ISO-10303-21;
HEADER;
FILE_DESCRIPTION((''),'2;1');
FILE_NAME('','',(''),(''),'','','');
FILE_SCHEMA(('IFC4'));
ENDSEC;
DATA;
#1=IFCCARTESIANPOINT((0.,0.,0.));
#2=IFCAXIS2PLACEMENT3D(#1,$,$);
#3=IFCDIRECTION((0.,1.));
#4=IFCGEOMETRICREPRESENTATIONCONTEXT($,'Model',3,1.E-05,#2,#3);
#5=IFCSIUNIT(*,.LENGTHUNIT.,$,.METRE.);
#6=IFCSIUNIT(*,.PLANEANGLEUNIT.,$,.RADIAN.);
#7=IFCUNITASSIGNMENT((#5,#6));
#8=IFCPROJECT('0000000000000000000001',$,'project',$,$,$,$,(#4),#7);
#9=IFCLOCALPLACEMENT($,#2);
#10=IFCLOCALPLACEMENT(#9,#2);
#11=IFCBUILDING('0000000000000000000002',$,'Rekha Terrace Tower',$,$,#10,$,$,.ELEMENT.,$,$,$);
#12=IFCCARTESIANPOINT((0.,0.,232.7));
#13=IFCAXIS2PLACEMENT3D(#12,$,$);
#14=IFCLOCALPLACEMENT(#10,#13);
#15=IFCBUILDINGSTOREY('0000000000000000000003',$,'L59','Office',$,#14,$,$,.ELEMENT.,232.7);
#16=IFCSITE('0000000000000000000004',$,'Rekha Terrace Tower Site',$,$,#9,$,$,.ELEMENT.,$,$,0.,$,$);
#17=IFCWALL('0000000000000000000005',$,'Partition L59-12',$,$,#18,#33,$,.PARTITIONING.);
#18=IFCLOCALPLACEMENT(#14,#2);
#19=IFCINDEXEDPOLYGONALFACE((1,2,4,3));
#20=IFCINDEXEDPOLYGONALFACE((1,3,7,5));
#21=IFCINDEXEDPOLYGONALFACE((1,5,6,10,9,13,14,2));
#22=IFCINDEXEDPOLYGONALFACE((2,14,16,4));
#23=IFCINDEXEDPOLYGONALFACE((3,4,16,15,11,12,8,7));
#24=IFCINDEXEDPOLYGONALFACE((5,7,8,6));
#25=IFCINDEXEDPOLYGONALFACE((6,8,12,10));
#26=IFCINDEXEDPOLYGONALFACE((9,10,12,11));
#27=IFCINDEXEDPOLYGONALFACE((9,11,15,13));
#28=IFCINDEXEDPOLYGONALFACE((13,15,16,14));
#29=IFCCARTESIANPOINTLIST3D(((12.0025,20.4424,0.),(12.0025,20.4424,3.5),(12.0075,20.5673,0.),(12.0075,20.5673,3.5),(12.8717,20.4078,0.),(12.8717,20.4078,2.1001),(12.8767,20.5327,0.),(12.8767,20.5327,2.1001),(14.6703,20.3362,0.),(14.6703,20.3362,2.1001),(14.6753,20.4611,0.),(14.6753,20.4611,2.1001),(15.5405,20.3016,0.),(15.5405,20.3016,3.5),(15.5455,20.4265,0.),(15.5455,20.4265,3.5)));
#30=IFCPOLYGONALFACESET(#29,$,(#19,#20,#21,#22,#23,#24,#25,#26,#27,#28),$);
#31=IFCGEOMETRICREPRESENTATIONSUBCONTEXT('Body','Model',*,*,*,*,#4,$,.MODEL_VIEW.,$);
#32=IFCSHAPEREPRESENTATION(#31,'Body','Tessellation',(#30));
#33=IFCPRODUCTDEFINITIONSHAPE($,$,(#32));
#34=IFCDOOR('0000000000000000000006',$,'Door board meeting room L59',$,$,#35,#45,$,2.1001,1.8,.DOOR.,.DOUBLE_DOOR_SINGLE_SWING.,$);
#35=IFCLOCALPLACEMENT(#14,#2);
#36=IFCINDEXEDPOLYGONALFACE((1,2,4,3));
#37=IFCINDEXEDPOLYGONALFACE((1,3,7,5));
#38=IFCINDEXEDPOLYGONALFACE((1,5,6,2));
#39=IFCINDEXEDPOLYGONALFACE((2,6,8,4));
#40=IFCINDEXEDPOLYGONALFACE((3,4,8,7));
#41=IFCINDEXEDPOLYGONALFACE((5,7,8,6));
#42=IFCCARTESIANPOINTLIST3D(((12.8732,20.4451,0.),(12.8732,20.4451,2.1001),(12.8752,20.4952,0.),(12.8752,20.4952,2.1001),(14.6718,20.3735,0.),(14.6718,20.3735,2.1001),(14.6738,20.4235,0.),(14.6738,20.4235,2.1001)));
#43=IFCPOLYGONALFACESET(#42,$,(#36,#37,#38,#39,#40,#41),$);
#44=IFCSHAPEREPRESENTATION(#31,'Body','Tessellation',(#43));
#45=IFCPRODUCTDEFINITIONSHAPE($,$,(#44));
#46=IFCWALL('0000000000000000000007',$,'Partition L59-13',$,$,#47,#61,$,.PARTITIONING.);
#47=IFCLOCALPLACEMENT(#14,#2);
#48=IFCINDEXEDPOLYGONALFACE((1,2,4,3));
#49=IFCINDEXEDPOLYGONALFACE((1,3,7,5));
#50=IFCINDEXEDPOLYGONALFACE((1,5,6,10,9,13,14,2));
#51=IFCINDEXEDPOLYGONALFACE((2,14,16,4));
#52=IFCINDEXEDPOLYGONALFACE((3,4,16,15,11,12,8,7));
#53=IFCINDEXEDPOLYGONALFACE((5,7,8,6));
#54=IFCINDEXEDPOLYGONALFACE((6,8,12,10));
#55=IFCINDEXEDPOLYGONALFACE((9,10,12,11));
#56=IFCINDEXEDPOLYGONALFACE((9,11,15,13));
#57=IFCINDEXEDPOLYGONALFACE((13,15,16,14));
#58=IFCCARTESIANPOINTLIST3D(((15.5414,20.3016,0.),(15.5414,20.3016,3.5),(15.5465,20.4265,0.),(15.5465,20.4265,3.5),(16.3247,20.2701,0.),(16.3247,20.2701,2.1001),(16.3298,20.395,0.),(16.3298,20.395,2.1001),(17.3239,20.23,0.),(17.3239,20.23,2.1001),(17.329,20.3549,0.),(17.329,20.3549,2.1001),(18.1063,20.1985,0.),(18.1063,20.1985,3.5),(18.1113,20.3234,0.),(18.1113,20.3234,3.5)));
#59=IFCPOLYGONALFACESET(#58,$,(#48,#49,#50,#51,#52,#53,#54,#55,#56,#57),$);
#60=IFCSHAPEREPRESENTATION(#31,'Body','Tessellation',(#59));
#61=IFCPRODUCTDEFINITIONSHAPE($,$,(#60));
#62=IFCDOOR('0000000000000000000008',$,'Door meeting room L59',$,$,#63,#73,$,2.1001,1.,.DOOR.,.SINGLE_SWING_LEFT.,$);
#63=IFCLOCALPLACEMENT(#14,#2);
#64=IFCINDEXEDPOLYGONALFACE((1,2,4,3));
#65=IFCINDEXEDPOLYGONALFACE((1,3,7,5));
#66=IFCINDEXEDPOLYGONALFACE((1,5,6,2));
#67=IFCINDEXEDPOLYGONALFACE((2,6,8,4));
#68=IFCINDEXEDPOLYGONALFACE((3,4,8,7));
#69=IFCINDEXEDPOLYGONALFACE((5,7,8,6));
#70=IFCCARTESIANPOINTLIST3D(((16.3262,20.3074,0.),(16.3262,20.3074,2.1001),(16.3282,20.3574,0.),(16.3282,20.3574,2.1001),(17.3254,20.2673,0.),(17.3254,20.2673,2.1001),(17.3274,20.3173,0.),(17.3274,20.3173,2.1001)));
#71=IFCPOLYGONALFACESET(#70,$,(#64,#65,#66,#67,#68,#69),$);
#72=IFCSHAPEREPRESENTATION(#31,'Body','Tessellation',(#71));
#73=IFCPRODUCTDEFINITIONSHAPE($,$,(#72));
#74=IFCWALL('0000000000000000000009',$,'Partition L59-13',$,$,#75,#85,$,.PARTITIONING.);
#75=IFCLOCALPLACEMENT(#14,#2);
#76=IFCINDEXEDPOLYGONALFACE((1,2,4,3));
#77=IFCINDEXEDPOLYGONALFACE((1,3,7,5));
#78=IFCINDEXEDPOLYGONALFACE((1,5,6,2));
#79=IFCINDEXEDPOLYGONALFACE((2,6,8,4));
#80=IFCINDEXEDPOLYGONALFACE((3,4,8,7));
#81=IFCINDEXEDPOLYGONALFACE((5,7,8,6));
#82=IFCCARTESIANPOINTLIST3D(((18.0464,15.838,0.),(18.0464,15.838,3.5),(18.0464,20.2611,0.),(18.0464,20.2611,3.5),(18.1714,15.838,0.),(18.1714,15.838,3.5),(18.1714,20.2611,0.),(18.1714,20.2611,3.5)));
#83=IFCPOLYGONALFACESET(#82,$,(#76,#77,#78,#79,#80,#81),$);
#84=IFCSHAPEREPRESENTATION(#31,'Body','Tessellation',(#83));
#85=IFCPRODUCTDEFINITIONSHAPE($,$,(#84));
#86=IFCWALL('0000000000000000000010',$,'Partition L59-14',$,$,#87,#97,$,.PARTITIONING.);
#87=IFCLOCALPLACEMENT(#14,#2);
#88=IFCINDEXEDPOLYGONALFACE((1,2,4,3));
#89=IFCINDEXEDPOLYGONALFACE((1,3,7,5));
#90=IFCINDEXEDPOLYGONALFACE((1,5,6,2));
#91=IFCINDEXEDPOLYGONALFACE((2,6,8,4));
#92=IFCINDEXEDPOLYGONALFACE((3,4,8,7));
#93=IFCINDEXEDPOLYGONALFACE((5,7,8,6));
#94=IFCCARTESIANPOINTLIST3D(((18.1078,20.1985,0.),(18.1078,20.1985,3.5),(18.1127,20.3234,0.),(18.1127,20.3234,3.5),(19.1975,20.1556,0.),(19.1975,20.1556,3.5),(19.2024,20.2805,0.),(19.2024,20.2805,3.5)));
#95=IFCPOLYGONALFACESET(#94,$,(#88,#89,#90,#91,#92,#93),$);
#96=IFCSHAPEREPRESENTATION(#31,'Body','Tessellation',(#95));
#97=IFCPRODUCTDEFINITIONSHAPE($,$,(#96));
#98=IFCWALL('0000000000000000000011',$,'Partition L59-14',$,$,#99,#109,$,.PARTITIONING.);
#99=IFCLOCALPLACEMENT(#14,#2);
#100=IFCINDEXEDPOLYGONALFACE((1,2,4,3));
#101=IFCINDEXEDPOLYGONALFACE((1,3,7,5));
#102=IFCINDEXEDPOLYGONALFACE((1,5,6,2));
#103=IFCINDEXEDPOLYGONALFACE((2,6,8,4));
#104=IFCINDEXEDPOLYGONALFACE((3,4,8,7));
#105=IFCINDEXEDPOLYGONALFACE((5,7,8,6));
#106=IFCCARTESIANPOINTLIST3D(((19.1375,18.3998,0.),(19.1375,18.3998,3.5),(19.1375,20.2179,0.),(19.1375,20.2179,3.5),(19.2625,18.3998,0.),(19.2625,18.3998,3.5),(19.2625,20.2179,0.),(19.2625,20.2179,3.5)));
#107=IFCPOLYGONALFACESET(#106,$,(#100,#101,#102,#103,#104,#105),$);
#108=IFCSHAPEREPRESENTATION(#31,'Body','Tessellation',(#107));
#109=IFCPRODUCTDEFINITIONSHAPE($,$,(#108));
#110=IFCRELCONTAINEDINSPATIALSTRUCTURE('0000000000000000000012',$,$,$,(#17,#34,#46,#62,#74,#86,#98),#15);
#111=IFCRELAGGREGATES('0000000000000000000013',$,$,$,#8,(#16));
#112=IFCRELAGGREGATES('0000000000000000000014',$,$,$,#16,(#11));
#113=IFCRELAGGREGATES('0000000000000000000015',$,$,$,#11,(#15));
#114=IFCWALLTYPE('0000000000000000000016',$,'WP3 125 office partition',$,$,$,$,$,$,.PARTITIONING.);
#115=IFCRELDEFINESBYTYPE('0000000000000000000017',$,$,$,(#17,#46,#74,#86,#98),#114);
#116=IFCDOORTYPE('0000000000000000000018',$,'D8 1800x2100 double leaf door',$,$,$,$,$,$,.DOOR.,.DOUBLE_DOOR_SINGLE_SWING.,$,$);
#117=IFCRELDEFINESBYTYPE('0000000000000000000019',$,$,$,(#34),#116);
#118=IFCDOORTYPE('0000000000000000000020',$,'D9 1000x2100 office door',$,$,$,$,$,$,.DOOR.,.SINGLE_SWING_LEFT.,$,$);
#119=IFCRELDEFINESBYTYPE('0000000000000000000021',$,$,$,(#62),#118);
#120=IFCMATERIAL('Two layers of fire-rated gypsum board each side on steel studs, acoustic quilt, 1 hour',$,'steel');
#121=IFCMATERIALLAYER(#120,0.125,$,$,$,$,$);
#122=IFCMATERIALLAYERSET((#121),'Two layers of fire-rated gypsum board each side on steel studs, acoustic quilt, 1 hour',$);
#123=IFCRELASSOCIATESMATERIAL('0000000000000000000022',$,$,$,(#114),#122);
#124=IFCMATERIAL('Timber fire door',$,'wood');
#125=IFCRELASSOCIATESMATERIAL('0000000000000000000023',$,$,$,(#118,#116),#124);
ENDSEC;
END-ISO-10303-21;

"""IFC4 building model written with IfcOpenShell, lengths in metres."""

from ifc_helpers import new_model, si_unit, direction, frame, frame_2d, origin, place, context, subcontext, project, spatial, rectangle, extrude, material, layer, layer_set, type_object, element, fill, save


model = new_model("IFC4")

# Units and contexts
model_context = context("Model", 3, precision=1e-05, world=origin(), true_north=direction((0.0, 1.0)))
body_context = subcontext(model_context, "Body", "Model", "MODEL_VIEW")
ifc_project = project(units=[si_unit("LENGTHUNIT", "METRE"), si_unit("PLANEANGLEUNIT", "RADIAN")], contexts=[model_context])

# Site, building, storey
site_placement = place(None, origin())
site = spatial("IfcSite", under=ifc_project, at=site_placement, Name="Rekha Terrace Tower Site", CompositionType="ELEMENT", RefElevation=0.0)
building_placement = place(site_placement, origin())
building = spatial("IfcBuilding", under=site, at=building_placement, Name="Rekha Terrace Tower", CompositionType="ELEMENT")
storey_placement = place(building_placement, frame((0.0, 0.0, 232.7)))
storey = spatial("IfcBuildingStorey", under=building, at=storey_placement, Name="L59", Description="Office", CompositionType="ELEMENT", Elevation=232.7)

# Shared definitions
ifc_material_1 = material(Name="Two layers of fire-rated gypsum board each side on steel studs, acoustic quilt, 1 hour", Category="steel")
ifc_layer_1 = layer(ifc_material_1, 0.125)
ifc_layer_set_1 = layer_set([ifc_layer_1], Name="Two layers of fire-rated gypsum board each side on steel studs, acoustic quilt, 1 hour")
wall_type_1 = type_object("IfcWallType", Name="WP3 125 office partition", PredefinedType="PARTITIONING", material=ifc_layer_set_1)

# Shared definitions
ifc_material_2 = material(Name="Timber fire door", Category="wood")
door_type_1 = type_object("IfcDoorType", Name="D9 1000x2100 office door", OperationType="SINGLE_SWING_LEFT", PredefinedType="DOOR", material=ifc_material_2)

# Walls, openings, doors
wall_1_placement = place(storey_placement, frame((12.0049, 20.5049, 0.0), z_axis=(0.0, 0.0, 1.0), x_axis=(0.999208, -0.039784, 0.0)))
wall_1 = element("IfcWall", 1, at=wall_1_placement, inside=storey, type_object=wall_type_1, Name="Partition L59-12", PredefinedType="PARTITIONING", context=body_context, shape_type="SweptSolid", body=[
    extrude(rectangle(XDim=3.5408, YDim=0.125, at=frame_2d((1.7705, 0.0))), origin(), (0.0, 0.0, 1.0), 3.5),
])
opening_1_placement = place(wall_1_placement, frame((0.8701, 0.0, 0.0)))
opening_1 = element("IfcOpeningElement", 2, at=opening_1_placement, cuts=wall_1, PredefinedType="OPENING", context=body_context, shape_type="SweptSolid", body=[
    extrude(rectangle(XDim=1.8, YDim=2.1001, at=frame_2d((0.8999, 1.05))), frame((0.0, 0.0725, 0.0), z_axis=(0.0, -1.0, 0.0), x_axis=(1.0, 0.0, 0.0)), (0.0, 0.0, 1.0), 0.145),
])
door_type_2 = type_object("IfcDoorType", Name="D8 1800x2100 double leaf door", OperationType="DOUBLE_DOOR_SINGLE_SWING", PredefinedType="DOOR", material=ifc_material_2)
door_1_placement = place(opening_1_placement, origin())
door_1 = element("IfcDoor", 3, at=door_1_placement, inside=storey, type_object=door_type_2, Name="Door board meeting room L59", OperationType="DOUBLE_DOOR_SINGLE_SWING", OverallHeight=2.1001, OverallWidth=1.8, PredefinedType="DOOR", context=body_context, shape_type="SweptSolid", body=[
    extrude(rectangle(XDim=1.8, YDim=2.1001, at=frame_2d((0.8999, 1.05))), frame((0.0, 0.0249, 0.0), z_axis=(0.0, -1.0, 0.0), x_axis=(1.0, 0.0, 0.0)), (0.0, 0.0, 1.0), 0.05),
])
fill(opening_1, door_1)
wall_2_placement = place(storey_placement, frame((15.5439, 20.364, 0.0), z_axis=(0.0, 0.0, 1.0), x_axis=(0.999194, -0.040135, 0.0)))
wall_2 = element("IfcWall", 4, at=wall_2_placement, inside=storey, type_object=wall_type_1, Name="Partition L59-13", PredefinedType="PARTITIONING", context=body_context, shape_type="SweptSolid", body=[
    extrude(rectangle(XDim=2.5669, YDim=0.125, at=frame_2d((1.2834, 0.0))), origin(), (0.0, 0.0, 1.0), 3.5),
])
opening_2_placement = place(wall_2_placement, frame((0.7839, 0.0, 0.0)))
opening_2 = element("IfcOpeningElement", 5, at=opening_2_placement, cuts=wall_2, PredefinedType="OPENING", context=body_context, shape_type="SweptSolid", body=[
    extrude(rectangle(XDim=1.0, YDim=2.1001, at=frame_2d((0.5, 1.05))), frame((0.0, 0.0725, 0.0), z_axis=(0.0, -1.0, 0.0), x_axis=(1.0, 0.0, 0.0)), (0.0, 0.0, 1.0), 0.145),
])
door_2_placement = place(opening_2_placement, origin())
door_2 = element("IfcDoor", 6, at=door_2_placement, inside=storey, type_object=door_type_1, Name="Door meeting room L59", OperationType="SINGLE_SWING_LEFT", OverallHeight=2.1001, OverallWidth=1.0, PredefinedType="DOOR", context=body_context, shape_type="SweptSolid", body=[
    extrude(rectangle(XDim=1.0, YDim=2.1001, at=frame_2d((0.5, 1.05))), frame((0.0, 0.0249, 0.0), z_axis=(0.0, -1.0, 0.0), x_axis=(1.0, 0.0, 0.0)), (0.0, 0.0, 1.0), 0.05),
])
fill(opening_2, door_2)

# Walls
wall_3_placement = place(storey_placement, frame((18.1089, 20.261, 0.0), z_axis=(0.0, 0.0, 1.0), x_axis=(0.0, -1.0, 0.0)))
element("IfcWall", 7, at=wall_3_placement, inside=storey, type_object=wall_type_1, Name="Partition L59-13", PredefinedType="PARTITIONING", context=body_context, shape_type="SweptSolid", body=[
    extrude(rectangle(XDim=4.4231, YDim=0.125, at=frame_2d((2.2114, 0.0))), origin(), (0.0, 0.0, 1.0), 3.5),
])
wall_4_placement = place(storey_placement, frame((18.1101, 20.261, 0.0), z_axis=(0.0, 0.0, 1.0), x_axis=(0.999224, -0.039396, 0.0)))
element("IfcWall", 8, at=wall_4_placement, inside=storey, type_object=wall_type_1, Name="Partition L59-14", PredefinedType="PARTITIONING", context=body_context, shape_type="SweptSolid", body=[
    extrude(rectangle(XDim=1.0906, YDim=0.125, at=frame_2d((0.5454, 0.0))), origin(), (0.0, 0.0, 1.0), 3.5),
])
wall_5_placement = place(storey_placement, frame((19.2, 20.218, 0.0), z_axis=(0.0, 0.0, 1.0), x_axis=(0.0, -1.0, 0.0)))
element("IfcWall", 9, at=wall_5_placement, inside=storey, type_object=wall_type_1, Name="Partition L59-14", PredefinedType="PARTITIONING", context=body_context, shape_type="SweptSolid", body=[
    extrude(rectangle(XDim=1.8181, YDim=0.125, at=frame_2d((0.9092, 0.0))), origin(), (0.0, 0.0, 1.0), 3.5),
])

save(model, "model.ifc")
